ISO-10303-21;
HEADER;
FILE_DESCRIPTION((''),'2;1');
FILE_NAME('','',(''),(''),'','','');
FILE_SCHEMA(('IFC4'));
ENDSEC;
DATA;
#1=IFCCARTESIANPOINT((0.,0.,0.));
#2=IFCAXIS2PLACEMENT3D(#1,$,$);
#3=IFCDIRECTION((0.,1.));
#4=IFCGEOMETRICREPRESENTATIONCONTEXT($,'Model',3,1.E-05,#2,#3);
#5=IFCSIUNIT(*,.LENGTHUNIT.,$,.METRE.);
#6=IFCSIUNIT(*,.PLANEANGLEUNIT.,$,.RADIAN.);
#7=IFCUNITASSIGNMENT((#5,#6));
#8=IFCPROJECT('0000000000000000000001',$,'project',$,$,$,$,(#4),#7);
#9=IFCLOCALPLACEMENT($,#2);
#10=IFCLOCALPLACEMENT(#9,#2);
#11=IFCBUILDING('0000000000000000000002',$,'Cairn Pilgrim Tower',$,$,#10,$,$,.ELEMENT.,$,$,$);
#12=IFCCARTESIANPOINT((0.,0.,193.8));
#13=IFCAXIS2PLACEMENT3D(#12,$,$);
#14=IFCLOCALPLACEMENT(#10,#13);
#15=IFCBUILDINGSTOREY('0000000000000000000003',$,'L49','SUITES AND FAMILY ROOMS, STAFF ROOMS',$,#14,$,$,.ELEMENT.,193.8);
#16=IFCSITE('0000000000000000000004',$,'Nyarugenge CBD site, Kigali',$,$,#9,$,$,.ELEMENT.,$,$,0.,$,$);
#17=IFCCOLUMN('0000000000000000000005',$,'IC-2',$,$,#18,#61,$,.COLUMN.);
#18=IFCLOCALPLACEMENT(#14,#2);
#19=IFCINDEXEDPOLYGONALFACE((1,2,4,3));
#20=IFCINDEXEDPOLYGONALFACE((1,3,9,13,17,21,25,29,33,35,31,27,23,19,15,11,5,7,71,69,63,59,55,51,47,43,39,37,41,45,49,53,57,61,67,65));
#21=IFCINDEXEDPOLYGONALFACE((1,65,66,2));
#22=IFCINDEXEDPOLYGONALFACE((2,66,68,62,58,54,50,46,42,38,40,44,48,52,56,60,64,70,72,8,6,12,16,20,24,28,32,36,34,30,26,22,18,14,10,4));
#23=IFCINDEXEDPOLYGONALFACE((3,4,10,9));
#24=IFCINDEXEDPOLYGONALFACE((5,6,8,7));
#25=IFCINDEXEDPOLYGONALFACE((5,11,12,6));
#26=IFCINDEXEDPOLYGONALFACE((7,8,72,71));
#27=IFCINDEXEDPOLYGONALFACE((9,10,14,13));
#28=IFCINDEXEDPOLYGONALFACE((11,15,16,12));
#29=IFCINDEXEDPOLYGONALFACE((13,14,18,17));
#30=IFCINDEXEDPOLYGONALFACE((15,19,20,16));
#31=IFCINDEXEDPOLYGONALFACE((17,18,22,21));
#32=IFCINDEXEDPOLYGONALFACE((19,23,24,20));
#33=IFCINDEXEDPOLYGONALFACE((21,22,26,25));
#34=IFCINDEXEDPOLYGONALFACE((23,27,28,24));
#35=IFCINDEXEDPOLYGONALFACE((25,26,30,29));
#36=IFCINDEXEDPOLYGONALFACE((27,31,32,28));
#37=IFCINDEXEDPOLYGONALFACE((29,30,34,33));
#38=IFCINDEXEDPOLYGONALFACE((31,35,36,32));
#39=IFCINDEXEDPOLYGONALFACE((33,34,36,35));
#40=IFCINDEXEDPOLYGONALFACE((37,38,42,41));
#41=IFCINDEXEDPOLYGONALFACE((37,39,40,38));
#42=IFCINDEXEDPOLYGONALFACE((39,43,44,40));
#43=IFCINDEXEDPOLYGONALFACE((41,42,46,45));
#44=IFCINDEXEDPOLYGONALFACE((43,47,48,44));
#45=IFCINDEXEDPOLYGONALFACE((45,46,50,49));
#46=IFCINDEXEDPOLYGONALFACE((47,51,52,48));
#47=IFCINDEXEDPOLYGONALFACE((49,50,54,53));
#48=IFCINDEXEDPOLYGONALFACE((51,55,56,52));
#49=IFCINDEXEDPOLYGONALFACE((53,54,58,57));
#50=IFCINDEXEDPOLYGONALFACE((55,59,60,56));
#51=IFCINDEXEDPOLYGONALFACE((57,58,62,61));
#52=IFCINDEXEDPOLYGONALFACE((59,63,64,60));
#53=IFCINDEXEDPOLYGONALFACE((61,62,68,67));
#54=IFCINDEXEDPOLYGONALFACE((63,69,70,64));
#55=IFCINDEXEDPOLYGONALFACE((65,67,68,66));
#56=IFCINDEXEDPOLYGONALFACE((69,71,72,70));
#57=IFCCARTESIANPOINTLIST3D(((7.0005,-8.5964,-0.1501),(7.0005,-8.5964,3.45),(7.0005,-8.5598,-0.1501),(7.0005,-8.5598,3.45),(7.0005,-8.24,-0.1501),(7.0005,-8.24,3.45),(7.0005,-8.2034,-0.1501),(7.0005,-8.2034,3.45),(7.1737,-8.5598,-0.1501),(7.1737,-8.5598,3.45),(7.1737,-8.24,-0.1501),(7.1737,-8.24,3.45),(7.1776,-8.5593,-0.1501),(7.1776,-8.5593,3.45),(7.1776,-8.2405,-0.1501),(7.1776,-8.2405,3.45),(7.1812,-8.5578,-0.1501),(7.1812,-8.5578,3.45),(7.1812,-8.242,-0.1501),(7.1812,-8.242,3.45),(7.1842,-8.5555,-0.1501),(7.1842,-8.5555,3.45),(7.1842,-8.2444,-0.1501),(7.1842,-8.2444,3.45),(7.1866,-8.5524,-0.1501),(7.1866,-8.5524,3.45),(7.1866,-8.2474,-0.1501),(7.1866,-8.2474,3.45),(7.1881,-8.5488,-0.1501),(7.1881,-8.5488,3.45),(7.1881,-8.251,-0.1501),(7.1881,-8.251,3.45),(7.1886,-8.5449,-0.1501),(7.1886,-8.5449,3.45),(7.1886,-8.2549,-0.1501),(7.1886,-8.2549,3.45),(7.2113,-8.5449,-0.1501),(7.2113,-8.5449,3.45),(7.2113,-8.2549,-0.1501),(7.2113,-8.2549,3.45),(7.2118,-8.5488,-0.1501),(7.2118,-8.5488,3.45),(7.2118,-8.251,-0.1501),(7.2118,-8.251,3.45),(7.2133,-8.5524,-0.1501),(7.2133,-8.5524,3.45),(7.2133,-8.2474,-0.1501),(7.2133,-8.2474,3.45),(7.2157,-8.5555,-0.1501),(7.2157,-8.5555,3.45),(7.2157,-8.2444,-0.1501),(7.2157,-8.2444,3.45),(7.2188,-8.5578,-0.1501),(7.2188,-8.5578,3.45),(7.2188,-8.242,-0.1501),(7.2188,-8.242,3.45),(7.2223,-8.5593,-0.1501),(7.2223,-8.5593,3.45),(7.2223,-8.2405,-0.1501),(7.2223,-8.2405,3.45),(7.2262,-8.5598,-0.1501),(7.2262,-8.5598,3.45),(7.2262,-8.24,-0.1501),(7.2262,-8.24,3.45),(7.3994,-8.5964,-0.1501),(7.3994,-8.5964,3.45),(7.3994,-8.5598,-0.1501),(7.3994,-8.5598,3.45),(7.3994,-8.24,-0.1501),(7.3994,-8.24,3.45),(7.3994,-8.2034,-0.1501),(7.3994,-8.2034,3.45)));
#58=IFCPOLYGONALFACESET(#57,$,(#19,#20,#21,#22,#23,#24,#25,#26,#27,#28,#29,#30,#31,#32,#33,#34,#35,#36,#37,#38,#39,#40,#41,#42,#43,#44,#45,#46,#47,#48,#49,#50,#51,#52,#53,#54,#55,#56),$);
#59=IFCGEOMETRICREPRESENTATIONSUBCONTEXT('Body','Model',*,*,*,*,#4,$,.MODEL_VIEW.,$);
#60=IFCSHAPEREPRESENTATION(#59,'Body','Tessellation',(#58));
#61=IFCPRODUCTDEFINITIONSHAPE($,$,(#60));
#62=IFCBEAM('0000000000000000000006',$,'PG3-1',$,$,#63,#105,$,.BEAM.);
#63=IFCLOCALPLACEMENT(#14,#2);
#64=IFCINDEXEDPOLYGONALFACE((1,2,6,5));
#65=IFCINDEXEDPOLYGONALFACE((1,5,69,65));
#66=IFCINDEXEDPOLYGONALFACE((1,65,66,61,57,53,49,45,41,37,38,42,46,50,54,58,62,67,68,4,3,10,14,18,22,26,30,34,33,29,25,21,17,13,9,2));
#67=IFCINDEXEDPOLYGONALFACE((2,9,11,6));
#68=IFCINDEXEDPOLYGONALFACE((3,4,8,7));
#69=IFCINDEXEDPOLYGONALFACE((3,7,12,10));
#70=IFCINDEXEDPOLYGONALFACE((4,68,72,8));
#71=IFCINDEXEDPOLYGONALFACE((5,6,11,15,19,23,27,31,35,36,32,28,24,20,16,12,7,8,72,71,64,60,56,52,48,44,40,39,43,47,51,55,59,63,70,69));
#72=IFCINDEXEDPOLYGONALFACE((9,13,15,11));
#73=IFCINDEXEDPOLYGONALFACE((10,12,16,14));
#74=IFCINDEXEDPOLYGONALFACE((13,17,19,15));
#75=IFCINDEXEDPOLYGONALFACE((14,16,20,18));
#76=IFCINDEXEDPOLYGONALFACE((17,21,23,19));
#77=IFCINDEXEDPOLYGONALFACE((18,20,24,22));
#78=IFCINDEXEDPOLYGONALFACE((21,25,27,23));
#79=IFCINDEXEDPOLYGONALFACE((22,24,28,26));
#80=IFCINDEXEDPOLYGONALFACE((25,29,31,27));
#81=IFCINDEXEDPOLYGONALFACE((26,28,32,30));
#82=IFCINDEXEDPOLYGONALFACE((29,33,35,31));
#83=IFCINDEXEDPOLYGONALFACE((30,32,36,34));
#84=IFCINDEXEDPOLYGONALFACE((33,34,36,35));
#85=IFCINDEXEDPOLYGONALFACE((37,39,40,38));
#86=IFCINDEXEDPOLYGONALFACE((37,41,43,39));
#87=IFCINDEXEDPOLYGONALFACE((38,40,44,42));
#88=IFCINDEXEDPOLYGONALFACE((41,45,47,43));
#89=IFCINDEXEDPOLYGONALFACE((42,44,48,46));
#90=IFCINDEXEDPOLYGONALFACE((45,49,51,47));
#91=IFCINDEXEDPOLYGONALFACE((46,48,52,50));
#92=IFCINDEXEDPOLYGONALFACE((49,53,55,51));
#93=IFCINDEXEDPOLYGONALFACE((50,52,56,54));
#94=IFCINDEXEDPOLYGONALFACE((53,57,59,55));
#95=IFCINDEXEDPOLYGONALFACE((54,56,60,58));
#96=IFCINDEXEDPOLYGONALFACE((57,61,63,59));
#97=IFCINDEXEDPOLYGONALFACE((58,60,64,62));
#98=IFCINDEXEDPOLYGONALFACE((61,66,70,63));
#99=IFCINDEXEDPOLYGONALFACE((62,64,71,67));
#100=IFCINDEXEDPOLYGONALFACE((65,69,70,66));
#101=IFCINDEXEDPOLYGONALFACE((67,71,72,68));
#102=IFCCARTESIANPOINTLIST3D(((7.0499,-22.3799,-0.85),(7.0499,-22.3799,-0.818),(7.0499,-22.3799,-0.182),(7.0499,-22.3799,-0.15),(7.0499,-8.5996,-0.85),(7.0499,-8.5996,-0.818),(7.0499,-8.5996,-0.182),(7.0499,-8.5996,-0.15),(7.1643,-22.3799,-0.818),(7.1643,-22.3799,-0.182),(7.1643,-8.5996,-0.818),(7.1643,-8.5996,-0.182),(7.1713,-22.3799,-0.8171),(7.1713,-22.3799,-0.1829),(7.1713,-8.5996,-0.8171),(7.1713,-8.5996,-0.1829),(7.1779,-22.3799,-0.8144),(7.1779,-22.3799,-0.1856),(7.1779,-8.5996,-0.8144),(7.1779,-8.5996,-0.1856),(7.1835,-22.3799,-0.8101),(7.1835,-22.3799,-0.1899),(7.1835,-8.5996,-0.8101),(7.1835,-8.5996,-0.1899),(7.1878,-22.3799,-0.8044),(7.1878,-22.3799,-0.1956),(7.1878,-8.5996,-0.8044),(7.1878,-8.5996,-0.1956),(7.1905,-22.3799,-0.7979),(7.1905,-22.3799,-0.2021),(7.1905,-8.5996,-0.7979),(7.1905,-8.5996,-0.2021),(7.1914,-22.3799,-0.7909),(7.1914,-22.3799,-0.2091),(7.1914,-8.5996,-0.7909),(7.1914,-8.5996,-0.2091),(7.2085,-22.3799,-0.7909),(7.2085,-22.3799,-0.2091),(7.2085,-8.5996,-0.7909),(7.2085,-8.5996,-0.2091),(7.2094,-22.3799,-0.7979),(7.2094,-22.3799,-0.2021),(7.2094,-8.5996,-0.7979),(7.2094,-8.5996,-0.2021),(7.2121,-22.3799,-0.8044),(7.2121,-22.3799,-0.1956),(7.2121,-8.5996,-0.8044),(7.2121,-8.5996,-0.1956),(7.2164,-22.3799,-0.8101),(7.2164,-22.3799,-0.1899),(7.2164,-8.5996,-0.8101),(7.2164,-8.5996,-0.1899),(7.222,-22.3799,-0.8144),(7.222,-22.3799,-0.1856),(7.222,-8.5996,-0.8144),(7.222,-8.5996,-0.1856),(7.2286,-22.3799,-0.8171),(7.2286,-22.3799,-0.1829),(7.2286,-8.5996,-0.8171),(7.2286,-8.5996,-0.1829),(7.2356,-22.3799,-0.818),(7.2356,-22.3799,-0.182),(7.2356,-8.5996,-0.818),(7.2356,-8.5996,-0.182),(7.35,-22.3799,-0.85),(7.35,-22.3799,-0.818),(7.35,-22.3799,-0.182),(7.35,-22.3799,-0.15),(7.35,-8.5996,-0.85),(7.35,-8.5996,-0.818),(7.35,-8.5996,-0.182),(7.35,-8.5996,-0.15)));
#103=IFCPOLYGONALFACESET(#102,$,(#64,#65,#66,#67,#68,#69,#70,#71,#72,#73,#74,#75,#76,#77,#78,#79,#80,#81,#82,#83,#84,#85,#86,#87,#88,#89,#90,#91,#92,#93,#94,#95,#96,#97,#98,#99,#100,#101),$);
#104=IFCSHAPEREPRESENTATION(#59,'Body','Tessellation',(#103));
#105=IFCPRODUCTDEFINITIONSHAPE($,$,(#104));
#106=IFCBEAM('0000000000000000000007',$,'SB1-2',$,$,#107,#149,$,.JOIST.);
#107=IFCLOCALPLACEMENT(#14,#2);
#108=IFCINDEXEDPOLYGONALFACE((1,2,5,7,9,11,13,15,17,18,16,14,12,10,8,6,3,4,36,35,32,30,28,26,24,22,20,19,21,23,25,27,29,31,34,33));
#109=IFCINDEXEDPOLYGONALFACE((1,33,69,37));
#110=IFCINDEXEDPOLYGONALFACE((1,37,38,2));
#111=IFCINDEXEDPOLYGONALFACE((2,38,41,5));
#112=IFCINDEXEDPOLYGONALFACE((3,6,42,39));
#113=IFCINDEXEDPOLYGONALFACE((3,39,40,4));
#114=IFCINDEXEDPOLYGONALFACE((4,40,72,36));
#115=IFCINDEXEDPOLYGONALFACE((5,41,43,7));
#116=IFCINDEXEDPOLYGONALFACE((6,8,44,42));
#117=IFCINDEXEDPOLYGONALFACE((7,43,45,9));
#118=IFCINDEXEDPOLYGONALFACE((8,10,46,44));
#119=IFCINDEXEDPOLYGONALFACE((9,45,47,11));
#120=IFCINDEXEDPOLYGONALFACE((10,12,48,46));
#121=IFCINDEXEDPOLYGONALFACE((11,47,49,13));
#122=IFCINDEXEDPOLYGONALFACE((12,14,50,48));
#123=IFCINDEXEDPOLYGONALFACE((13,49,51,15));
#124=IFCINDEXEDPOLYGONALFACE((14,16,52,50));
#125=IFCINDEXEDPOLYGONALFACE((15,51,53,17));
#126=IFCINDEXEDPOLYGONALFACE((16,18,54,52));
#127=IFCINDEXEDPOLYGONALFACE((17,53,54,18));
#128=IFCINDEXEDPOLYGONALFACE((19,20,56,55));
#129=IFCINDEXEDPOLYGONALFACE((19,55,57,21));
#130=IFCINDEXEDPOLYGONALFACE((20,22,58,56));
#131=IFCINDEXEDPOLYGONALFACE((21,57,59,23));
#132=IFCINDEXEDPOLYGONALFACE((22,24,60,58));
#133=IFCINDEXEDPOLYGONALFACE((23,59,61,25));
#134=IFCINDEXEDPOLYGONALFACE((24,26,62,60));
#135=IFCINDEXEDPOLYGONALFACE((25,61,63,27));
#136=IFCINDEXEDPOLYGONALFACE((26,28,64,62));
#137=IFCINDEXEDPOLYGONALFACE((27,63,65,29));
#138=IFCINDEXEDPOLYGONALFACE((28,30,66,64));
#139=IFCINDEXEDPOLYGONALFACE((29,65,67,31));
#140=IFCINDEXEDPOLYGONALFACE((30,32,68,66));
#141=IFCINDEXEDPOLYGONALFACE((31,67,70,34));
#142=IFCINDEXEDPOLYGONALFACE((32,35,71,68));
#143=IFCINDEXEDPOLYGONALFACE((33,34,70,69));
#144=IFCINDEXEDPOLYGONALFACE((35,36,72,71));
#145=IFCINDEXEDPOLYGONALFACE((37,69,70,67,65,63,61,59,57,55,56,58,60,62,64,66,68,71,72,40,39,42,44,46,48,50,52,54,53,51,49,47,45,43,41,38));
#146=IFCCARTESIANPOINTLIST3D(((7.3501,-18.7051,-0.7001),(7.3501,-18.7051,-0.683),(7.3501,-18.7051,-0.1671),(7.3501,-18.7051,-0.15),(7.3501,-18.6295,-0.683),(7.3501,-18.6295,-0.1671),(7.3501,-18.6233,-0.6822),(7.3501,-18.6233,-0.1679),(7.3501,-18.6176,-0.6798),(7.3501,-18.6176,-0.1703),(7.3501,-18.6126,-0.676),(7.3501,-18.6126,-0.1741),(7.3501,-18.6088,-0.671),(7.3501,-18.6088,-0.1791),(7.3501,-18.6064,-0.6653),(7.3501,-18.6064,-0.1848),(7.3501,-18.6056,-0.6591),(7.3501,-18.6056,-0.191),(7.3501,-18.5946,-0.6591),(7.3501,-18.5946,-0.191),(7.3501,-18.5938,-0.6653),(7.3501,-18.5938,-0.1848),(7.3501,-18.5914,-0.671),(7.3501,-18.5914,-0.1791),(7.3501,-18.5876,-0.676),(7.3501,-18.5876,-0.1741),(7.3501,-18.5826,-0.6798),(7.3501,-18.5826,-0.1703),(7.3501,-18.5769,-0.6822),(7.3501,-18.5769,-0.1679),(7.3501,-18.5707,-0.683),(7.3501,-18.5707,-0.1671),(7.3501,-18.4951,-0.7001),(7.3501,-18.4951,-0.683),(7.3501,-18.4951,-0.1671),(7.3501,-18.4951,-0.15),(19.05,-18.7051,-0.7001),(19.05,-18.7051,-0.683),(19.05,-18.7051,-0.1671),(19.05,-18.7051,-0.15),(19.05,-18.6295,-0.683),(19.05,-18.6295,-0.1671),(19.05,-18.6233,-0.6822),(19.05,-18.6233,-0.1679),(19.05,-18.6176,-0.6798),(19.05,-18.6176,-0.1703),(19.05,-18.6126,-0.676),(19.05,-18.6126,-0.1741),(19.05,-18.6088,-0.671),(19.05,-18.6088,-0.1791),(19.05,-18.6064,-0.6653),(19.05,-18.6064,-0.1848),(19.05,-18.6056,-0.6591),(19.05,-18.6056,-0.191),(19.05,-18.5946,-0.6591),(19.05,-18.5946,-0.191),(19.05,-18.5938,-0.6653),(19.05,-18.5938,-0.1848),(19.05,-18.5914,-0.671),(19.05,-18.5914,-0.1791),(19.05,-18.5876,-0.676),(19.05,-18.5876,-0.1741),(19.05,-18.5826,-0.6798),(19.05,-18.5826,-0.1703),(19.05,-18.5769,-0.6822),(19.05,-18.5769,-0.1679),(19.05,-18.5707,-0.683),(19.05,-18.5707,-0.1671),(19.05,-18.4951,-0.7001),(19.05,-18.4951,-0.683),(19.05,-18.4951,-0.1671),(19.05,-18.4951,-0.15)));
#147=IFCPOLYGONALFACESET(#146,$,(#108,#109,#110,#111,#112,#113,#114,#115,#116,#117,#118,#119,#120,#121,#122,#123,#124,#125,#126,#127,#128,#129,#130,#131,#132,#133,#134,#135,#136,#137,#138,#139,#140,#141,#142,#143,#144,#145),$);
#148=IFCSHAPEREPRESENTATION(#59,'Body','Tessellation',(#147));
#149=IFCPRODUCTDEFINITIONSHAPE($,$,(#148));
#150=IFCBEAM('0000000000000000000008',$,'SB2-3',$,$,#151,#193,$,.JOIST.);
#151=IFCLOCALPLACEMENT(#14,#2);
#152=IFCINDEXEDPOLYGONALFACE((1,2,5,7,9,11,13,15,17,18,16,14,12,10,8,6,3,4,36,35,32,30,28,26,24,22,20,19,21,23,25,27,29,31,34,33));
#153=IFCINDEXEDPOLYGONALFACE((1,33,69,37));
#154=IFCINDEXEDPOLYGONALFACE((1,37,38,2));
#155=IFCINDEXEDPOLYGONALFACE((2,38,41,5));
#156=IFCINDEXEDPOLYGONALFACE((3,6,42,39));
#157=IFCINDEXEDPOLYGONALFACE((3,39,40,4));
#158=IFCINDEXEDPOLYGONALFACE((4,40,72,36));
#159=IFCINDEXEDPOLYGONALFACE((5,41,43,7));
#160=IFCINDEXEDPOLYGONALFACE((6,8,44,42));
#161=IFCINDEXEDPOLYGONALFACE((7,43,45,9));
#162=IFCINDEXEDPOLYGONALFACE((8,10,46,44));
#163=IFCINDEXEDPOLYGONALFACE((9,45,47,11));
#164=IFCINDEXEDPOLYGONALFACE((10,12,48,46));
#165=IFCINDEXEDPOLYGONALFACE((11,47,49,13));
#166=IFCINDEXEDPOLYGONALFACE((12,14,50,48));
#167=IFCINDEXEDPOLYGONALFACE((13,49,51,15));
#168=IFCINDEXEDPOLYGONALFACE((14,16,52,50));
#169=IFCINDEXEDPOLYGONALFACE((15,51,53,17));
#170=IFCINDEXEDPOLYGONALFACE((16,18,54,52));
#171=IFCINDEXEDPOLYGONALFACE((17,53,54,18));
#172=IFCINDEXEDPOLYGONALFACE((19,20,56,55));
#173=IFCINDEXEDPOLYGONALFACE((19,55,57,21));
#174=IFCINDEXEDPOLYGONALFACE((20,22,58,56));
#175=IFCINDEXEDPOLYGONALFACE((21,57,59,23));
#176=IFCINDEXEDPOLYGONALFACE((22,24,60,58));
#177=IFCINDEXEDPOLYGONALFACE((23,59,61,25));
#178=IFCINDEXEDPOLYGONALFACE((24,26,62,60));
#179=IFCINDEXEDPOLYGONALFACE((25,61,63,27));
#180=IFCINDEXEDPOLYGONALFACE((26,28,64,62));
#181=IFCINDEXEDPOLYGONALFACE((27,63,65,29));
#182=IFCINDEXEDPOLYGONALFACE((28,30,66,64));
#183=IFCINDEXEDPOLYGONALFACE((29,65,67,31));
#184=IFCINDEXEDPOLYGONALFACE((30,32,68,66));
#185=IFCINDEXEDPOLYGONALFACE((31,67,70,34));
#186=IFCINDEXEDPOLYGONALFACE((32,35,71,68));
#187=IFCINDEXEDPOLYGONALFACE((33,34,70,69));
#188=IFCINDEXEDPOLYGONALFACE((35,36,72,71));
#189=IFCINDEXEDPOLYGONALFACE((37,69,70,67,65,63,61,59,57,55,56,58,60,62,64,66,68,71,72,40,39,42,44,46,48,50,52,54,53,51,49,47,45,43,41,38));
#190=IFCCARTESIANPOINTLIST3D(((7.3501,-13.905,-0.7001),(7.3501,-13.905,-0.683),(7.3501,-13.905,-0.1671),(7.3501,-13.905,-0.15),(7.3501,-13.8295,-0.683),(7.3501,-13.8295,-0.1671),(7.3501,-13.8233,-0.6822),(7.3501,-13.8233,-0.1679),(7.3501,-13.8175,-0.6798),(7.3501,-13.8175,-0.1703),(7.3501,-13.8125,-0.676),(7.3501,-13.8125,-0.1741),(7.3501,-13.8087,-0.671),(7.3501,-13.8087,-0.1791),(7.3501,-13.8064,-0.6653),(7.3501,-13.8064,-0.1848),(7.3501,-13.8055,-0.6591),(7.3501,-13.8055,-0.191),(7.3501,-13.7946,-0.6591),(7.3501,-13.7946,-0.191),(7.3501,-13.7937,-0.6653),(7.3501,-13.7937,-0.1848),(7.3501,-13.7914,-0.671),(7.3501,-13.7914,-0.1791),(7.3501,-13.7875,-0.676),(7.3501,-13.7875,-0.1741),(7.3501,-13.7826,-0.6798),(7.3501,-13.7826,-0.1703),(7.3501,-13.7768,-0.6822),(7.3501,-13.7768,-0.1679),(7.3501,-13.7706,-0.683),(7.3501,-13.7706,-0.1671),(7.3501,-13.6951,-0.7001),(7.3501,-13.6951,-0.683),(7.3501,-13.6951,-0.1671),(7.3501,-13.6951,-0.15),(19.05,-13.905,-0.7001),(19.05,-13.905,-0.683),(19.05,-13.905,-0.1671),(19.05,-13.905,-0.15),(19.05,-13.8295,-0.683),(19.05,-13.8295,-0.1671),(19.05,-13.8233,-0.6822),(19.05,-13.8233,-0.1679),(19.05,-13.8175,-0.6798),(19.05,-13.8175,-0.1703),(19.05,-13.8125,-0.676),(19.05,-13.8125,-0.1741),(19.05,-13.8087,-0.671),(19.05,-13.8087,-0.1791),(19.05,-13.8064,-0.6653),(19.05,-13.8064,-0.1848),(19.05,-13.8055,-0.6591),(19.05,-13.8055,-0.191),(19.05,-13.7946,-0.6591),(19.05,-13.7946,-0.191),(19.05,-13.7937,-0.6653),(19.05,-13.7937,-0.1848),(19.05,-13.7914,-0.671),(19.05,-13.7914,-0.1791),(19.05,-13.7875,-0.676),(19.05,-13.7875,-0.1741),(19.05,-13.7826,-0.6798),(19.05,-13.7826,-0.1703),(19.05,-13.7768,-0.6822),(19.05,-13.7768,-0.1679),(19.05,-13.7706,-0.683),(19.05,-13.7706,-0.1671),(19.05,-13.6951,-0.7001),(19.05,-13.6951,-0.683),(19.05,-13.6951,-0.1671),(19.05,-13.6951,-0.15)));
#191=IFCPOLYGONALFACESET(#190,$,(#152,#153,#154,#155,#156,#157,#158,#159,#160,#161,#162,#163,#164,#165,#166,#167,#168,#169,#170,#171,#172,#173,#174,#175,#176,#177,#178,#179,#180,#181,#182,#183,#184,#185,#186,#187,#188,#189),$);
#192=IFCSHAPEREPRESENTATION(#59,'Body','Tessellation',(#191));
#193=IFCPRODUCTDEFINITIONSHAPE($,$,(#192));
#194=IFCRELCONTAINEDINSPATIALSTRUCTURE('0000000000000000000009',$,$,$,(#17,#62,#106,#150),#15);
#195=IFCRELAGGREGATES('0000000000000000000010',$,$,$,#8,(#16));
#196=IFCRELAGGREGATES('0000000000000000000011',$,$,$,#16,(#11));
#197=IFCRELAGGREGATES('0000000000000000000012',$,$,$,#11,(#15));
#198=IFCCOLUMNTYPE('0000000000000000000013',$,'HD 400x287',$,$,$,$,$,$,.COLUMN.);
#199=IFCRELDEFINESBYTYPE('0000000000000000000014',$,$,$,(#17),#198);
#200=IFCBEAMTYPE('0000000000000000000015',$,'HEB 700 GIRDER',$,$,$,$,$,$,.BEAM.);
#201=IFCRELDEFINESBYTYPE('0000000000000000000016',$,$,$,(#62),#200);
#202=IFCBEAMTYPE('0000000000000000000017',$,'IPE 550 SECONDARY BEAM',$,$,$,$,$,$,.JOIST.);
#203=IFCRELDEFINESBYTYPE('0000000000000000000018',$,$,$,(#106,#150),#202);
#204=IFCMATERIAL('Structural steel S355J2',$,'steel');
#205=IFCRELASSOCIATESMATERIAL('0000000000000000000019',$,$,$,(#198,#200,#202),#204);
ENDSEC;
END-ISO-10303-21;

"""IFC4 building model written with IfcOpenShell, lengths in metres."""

from ifc_helpers import new_model, si_unit, direction, frame, origin, origin_2d, place, context, subcontext, project, spatial, i_section, extrude, material, material_profile, profile_set, type_object, element, save


model = new_model("IFC4")

# Units and contexts
model_context = context("Model", 3, precision=1e-05, world=origin(), true_north=direction((0.0, 1.0)))
body_context = subcontext(model_context, "Body", "Model", "MODEL_VIEW")
ifc_project = project(units=[si_unit("LENGTHUNIT", "METRE"), si_unit("PLANEANGLEUNIT", "RADIAN")], contexts=[model_context])

# Site, building, storey
site_placement = place(None, origin())
site = spatial("IfcSite", under=ifc_project, at=site_placement, Name="Nyarugenge CBD site, Kigali", CompositionType="ELEMENT", RefElevation=0.0)
building_placement = place(site_placement, origin())
building = spatial("IfcBuilding", under=site, at=building_placement, Name="Cairn Pilgrim Tower", CompositionType="ELEMENT")
storey_placement = place(building_placement, frame((0.0, 0.0, 193.8)))
storey = spatial("IfcBuildingStorey", under=building, at=storey_placement, Name="L49", Description="SUITES AND FAMILY ROOMS, STAFF ROOMS", CompositionType="ELEMENT", Elevation=193.8)

# Column
ifc_material_1 = material(Name="Structural steel S355J2", Category="steel")
ifc_material_profile_1 = material_profile(ifc_material_1, i_section(OverallWidth=0.3989, OverallDepth=0.3931, WebThickness=0.0227, FlangeThickness=0.0366, FilletRadius=0.0149, at=origin_2d()), Name="HD 400x287")
ifc_profile_set_1 = profile_set([ifc_material_profile_1], Name="Structural steel S355J2")
column_type = type_object("IfcColumnType", Name="HD 400x287", PredefinedType="COLUMN", material=ifc_profile_set_1)
column_placement = place(storey_placement, frame((7.2, -8.3999, -0.1501), z_axis=(0.0, 0.0, 1.0), x_axis=(1.0, 0.0, 0.0)))
element("IfcColumn", 1, at=column_placement, inside=storey, type_object=column_type, Name="IC-2", PredefinedType="COLUMN", context=body_context, shape_type="SweptSolid", body=[
    extrude(i_section(OverallWidth=0.3989, OverallDepth=0.3931, WebThickness=0.0227, FlangeThickness=0.0366, FilletRadius=0.0149, at=origin_2d()), origin(), (0.0, 0.0, 1.0), 3.6001),
])

# Beams
ifc_material_profile_2 = material_profile(ifc_material_1, i_section(OverallWidth=0.3, OverallDepth=0.7, WebThickness=0.0171, FlangeThickness=0.032, FilletRadius=0.0271, at=origin_2d()), Name="HEB 700")
ifc_profile_set_2 = profile_set([ifc_material_profile_2], Name="Structural steel S355J2")
beam_type_1 = type_object("IfcBeamType", Name="HEB 700 GIRDER", PredefinedType="BEAM", material=ifc_profile_set_2)
beam_placement = place(storey_placement, frame((7.2, -22.3799, -0.5), z_axis=(0.0, 1.0, 0.0), x_axis=(-1.0, 0.0, 0.0)))
element("IfcBeam", 2, at=beam_placement, inside=storey, type_object=beam_type_1, Name="PG3-1", PredefinedType="BEAM", context=body_context, shape_type="SweptSolid", body=[
    extrude(i_section(OverallWidth=0.3, OverallDepth=0.7, WebThickness=0.0171, FlangeThickness=0.032, FilletRadius=0.0271, at=origin_2d()), origin(), (0.0, 0.0, 1.0), 13.7803),
])
ifc_material_profile_3 = material_profile(ifc_material_1, i_section(OverallWidth=0.21, OverallDepth=0.55, WebThickness=0.011, FlangeThickness=0.0171, FilletRadius=0.0239, at=origin_2d()), Name="IPE 550")
ifc_profile_set_3 = profile_set([ifc_material_profile_3], Name="Structural steel S355J2")
beam_type_2 = type_object("IfcBeamType", Name="IPE 550 SECONDARY BEAM", PredefinedType="JOIST", material=ifc_profile_set_3)
for number, where, z_axis, x_axis, name in (
    (3, (7.3501, -18.6001, -0.425), (1.0, 0.0, 0.0), (0.0, 1.0, 0.0), "SB1-2"),
    (4, (7.3501, -13.8, -0.425), (1.0, 0.0, 0.0), (0.0, 1.0, 0.0), "SB2-3"),
):
    element("IfcBeam", number, at=place(storey_placement, frame(where, z_axis=z_axis, x_axis=x_axis)), inside=storey, type_object=beam_type_2, Name=name, PredefinedType="JOIST", context=body_context, shape_type="SweptSolid", body=[
        extrude(i_section(OverallWidth=0.21, OverallDepth=0.55, WebThickness=0.011, FlangeThickness=0.0171, FilletRadius=0.0239, at=origin_2d()), origin(), (0.0, 0.0, 1.0), 11.7),
    ])

save(model, "model.ifc")
